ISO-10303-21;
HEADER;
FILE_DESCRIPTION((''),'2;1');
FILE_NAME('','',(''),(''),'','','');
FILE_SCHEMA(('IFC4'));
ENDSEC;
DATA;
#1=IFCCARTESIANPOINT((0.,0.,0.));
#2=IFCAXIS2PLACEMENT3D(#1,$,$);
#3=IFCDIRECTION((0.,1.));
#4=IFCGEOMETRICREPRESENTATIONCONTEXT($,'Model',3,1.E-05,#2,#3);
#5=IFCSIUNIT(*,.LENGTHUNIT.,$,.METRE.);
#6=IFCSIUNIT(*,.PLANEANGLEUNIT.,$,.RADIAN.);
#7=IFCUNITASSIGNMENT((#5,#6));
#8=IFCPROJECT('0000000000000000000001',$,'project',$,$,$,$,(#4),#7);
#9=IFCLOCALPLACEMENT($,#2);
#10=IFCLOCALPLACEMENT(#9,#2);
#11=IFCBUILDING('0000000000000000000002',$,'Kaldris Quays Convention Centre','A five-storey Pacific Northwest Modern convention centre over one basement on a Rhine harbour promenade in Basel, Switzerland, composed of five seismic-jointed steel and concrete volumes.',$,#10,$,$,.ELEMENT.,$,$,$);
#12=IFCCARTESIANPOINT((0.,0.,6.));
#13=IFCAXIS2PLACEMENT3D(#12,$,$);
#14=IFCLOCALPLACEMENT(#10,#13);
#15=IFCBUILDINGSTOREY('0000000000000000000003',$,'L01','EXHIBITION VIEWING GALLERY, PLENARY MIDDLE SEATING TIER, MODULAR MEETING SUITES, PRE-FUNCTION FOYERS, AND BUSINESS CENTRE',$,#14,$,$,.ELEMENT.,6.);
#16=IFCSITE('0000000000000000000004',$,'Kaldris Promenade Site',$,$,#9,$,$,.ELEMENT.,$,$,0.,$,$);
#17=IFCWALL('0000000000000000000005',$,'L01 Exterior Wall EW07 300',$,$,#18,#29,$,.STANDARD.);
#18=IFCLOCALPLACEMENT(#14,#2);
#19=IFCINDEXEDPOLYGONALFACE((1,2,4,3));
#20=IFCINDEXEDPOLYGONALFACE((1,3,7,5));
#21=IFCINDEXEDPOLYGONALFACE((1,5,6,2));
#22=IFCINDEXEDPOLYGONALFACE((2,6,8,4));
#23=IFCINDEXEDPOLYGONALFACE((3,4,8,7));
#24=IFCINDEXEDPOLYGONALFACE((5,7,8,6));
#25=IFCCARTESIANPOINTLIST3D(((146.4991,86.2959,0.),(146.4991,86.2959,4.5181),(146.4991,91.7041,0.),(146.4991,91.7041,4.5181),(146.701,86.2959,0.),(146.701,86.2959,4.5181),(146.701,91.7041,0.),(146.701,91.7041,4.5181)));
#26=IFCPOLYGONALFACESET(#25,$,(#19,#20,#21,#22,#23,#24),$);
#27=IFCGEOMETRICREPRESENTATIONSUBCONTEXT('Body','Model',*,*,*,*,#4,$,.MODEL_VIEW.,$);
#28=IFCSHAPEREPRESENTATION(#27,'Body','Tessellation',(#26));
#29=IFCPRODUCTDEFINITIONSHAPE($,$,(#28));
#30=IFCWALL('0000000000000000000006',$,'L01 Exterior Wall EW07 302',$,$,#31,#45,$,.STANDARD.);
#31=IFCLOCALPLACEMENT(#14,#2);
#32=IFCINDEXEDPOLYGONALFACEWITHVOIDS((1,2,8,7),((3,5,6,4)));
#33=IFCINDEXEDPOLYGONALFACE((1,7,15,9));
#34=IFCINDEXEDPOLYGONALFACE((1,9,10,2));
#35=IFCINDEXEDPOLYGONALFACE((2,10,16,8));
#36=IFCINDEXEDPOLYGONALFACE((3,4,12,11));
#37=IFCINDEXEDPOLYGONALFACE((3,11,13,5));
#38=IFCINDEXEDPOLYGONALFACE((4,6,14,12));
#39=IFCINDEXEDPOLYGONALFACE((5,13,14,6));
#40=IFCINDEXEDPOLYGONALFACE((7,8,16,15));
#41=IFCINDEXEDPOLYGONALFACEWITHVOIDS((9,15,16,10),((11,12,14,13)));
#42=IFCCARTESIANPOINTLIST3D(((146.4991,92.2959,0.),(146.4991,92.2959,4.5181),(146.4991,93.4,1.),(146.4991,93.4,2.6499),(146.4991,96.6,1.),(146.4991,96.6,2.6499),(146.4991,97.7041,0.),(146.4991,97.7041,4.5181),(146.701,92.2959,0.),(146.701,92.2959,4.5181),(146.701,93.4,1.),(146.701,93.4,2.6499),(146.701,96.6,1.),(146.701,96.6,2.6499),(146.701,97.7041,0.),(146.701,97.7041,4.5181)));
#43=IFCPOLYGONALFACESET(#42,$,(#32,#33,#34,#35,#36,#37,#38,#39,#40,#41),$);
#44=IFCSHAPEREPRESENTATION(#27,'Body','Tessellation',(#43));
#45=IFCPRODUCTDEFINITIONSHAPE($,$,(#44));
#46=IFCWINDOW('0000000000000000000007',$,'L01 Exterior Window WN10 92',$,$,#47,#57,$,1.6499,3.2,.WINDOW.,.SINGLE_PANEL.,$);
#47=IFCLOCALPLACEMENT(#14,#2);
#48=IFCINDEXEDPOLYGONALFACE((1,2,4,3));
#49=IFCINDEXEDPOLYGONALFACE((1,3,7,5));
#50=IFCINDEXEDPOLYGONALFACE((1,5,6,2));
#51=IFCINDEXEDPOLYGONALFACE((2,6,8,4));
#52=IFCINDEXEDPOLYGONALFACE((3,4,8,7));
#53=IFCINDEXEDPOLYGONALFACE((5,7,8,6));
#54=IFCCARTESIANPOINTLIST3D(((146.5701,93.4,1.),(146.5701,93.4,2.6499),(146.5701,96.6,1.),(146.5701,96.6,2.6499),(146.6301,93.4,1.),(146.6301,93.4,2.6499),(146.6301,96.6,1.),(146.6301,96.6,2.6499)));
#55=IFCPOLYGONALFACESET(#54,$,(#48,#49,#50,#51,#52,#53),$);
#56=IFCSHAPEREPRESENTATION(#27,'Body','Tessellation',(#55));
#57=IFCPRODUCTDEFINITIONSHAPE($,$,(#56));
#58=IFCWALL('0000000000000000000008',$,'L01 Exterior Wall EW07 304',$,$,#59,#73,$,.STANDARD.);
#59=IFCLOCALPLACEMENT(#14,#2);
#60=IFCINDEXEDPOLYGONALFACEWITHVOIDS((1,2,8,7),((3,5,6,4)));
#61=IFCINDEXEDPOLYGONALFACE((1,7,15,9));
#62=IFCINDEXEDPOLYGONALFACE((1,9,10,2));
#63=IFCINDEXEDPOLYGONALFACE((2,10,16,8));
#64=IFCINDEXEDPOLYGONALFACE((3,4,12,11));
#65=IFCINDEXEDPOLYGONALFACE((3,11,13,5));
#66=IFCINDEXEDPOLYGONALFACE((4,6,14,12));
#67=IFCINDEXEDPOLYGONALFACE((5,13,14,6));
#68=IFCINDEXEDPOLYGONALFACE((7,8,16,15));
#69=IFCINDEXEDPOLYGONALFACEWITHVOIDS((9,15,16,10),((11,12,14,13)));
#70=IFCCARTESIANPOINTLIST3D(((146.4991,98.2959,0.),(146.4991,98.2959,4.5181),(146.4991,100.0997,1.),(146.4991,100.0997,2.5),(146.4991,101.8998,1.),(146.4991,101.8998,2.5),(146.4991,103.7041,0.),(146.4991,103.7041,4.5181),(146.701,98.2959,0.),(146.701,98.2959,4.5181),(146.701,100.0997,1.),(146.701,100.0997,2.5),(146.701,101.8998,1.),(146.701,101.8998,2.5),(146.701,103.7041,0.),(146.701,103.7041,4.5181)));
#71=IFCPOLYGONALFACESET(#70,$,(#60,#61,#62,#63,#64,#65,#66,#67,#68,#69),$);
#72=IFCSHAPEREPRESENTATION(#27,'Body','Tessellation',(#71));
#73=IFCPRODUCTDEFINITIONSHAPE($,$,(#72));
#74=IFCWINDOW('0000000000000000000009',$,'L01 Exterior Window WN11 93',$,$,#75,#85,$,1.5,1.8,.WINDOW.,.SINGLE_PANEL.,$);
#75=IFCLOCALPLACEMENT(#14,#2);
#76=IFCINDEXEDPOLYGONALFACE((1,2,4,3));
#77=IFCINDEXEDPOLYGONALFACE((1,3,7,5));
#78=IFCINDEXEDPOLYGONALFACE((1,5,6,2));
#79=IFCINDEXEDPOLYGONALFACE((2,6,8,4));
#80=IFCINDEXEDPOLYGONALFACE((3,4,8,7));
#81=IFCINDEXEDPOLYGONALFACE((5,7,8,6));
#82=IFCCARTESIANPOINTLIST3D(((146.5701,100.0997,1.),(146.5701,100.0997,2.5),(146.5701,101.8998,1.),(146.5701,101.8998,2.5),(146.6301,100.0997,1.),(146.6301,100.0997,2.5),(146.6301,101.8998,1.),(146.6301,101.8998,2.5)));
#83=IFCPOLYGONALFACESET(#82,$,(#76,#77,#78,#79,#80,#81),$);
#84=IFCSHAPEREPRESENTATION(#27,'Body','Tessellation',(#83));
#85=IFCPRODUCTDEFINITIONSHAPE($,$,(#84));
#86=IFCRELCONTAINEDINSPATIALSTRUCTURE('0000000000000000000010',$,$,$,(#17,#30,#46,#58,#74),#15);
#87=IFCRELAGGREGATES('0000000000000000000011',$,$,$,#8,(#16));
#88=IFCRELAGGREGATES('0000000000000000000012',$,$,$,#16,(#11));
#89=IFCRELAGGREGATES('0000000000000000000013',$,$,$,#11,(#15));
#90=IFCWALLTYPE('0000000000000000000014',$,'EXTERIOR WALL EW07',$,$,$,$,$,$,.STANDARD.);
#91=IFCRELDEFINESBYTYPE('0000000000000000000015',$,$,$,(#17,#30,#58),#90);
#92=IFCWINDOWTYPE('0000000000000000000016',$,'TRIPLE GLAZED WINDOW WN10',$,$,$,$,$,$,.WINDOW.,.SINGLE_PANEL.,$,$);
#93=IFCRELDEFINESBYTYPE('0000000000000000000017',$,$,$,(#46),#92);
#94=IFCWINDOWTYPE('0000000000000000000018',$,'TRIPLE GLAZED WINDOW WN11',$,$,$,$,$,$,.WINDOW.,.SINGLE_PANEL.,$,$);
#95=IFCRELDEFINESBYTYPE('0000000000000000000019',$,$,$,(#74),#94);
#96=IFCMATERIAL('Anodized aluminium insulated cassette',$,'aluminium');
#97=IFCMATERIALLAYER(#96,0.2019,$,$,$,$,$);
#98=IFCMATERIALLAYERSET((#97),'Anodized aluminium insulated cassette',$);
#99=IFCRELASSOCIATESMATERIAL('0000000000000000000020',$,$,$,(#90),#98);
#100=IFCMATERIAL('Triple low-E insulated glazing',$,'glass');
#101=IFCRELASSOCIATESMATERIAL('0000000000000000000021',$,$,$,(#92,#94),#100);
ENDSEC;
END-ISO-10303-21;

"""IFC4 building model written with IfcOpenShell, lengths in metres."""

from ifc_helpers import new_model, si_unit, direction, frame, frame_2d, origin, place, context, subcontext, project, spatial, rectangle, extrude, material, layer, layer_set, type_object, element, fill, save


model = new_model("IFC4")

# Units and contexts
model_context = context("Model", 3, precision=1e-05, world=origin(), true_north=direction((0.0, 1.0)))
body_context = subcontext(model_context, "Body", "Model", "MODEL_VIEW")
ifc_project = project(units=[si_unit("LENGTHUNIT", "METRE"), si_unit("PLANEANGLEUNIT", "RADIAN")], contexts=[model_context])

# Site, building, storey
site_placement = place(None, origin())
site = spatial("IfcSite", under=ifc_project, at=site_placement, Name="Kaldris Promenade Site", CompositionType="ELEMENT", RefElevation=0.0)
building_placement = place(site_placement, origin())
building = spatial("IfcBuilding", under=site, at=building_placement, Name="Kaldris Quays Convention Centre", Description="A five-storey Pacific Northwest Modern convention centre over one basement on a Rhine harbour promenade in Basel, Switzerland, composed of five seismic-jointed steel and concrete volumes.", CompositionType="ELEMENT")
storey_placement = place(building_placement, frame((0.0, 0.0, 6.0)))
storey = spatial("IfcBuildingStorey", under=building, at=storey_placement, Name="L01", Description="EXHIBITION VIEWING GALLERY, PLENARY MIDDLE SEATING TIER, MODULAR MEETING SUITES, PRE-FUNCTION FOYERS, AND BUSINESS CENTRE", CompositionType="ELEMENT", Elevation=6.0)

# Wall
ifc_material_1 = material(Name="Anodized aluminium insulated cassette", Category="aluminium")
ifc_layer_1 = layer(ifc_material_1, 0.2019)
ifc_layer_set_1 = layer_set([ifc_layer_1], Name="Anodized aluminium insulated cassette")
wall_type_1 = type_object("IfcWallType", Name="EXTERIOR WALL EW07", PredefinedType="STANDARD", material=ifc_layer_set_1)
wall_1_placement = place(storey_placement, frame((146.6001, 86.2959, 0.0), z_axis=(0.0, 0.0, 1.0), x_axis=(0.0, 1.0, 0.0)))
element("IfcWall", 1, at=wall_1_placement, inside=storey, type_object=wall_type_1, Name="L01 Exterior Wall EW07 300", PredefinedType="STANDARD", context=body_context, shape_type="SweptSolid", body=[
    extrude(rectangle(XDim=5.4082, YDim=0.2019, at=frame_2d((2.7041, 0.0))), origin(), (0.0, 0.0, 1.0), 4.5181),
])

# Walls, openings, windows
wall_2_placement = place(storey_placement, frame((146.6001, 92.2959, 0.0), z_axis=(0.0, 0.0, 1.0), x_axis=(0.0, 1.0, 0.0)))
wall_2 = element("IfcWall", 2, at=wall_2_placement, inside=storey, type_object=wall_type_1, Name="L01 Exterior Wall EW07 302", PredefinedType="STANDARD", context=body_context, shape_type="SweptSolid", body=[
    extrude(rectangle(XDim=5.4082, YDim=0.2019, at=frame_2d((2.7041, 0.0))), origin(), (0.0, 0.0, 1.0), 4.5181),
])
opening_1_placement = place(wall_2_placement, frame((1.104, 0.0, 1.0)))
opening_1 = element("IfcOpeningElement", 3, at=opening_1_placement, cuts=wall_2, PredefinedType="OPENING", context=body_context, shape_type="SweptSolid", body=[
    extrude(rectangle(XDim=3.2, YDim=1.6499, at=frame_2d((1.6001, 0.825))), frame((0.0, 0.1108, 0.0), z_axis=(0.0, -1.0, 0.0), x_axis=(1.0, 0.0, 0.0)), (0.0, 0.0, 1.0), 0.2219),
])
ifc_material_2 = material(Name="Triple low-E insulated glazing", Category="glass")
window_type_1 = type_object("IfcWindowType", Name="TRIPLE GLAZED WINDOW WN10", PartitioningType="SINGLE_PANEL", PredefinedType="WINDOW", material=ifc_material_2)
window_1_placement = place(opening_1_placement, origin())
window_1 = element("IfcWindow", 4, at=window_1_placement, inside=storey, type_object=window_type_1, Name="L01 Exterior Window WN10 92", OverallHeight=1.6499, OverallWidth=3.2, PartitioningType="SINGLE_PANEL", PredefinedType="WINDOW", context=body_context, shape_type="SweptSolid", body=[
    extrude(rectangle(XDim=3.2, YDim=1.6499, at=frame_2d((1.6001, 0.825))), frame((0.0, 0.03, 0.0), z_axis=(0.0, -1.0, 0.0), x_axis=(1.0, 0.0, 0.0)), (0.0, 0.0, 1.0), 0.0601),
])
fill(opening_1, window_1)
wall_3_placement = place(storey_placement, frame((146.6001, 98.2959, 0.0), z_axis=(0.0, 0.0, 1.0), x_axis=(0.0, 1.0, 0.0)))
wall_3 = element("IfcWall", 5, at=wall_3_placement, inside=storey, type_object=wall_type_1, Name="L01 Exterior Wall EW07 304", PredefinedType="STANDARD", context=body_context, shape_type="SweptSolid", body=[
    extrude(rectangle(XDim=5.4082, YDim=0.2019, at=frame_2d((2.7041, 0.0))), origin(), (0.0, 0.0, 1.0), 4.5181),
])
opening_2_placement = place(wall_3_placement, frame((1.804, 0.0, 1.0)))
opening_2 = element("IfcOpeningElement", 6, at=opening_2_placement, cuts=wall_3, PredefinedType="OPENING", context=body_context, shape_type="SweptSolid", body=[
    extrude(rectangle(XDim=1.8, YDim=1.5, at=frame_2d((0.8999, 0.75))), frame((0.0, 0.1108, 0.0), z_axis=(0.0, -1.0, 0.0), x_axis=(1.0, 0.0, 0.0)), (0.0, 0.0, 1.0), 0.2219),
])
window_type_2 = type_object("IfcWindowType", Name="TRIPLE GLAZED WINDOW WN11", PartitioningType="SINGLE_PANEL", PredefinedType="WINDOW", material=ifc_material_2)
window_2_placement = place(opening_2_placement, origin())
window_2 = element("IfcWindow", 7, at=window_2_placement, inside=storey, type_object=window_type_2, Name="L01 Exterior Window WN11 93", OverallHeight=1.5, OverallWidth=1.8, PartitioningType="SINGLE_PANEL", PredefinedType="WINDOW", context=body_context, shape_type="SweptSolid", body=[
    extrude(rectangle(XDim=1.8, YDim=1.5, at=frame_2d((0.8999, 0.75))), frame((0.0, 0.03, 0.0), z_axis=(0.0, -1.0, 0.0), x_axis=(1.0, 0.0, 0.0)), (0.0, 0.0, 1.0), 0.0601),
])
fill(opening_2, window_2)

save(model, "model.ifc")
